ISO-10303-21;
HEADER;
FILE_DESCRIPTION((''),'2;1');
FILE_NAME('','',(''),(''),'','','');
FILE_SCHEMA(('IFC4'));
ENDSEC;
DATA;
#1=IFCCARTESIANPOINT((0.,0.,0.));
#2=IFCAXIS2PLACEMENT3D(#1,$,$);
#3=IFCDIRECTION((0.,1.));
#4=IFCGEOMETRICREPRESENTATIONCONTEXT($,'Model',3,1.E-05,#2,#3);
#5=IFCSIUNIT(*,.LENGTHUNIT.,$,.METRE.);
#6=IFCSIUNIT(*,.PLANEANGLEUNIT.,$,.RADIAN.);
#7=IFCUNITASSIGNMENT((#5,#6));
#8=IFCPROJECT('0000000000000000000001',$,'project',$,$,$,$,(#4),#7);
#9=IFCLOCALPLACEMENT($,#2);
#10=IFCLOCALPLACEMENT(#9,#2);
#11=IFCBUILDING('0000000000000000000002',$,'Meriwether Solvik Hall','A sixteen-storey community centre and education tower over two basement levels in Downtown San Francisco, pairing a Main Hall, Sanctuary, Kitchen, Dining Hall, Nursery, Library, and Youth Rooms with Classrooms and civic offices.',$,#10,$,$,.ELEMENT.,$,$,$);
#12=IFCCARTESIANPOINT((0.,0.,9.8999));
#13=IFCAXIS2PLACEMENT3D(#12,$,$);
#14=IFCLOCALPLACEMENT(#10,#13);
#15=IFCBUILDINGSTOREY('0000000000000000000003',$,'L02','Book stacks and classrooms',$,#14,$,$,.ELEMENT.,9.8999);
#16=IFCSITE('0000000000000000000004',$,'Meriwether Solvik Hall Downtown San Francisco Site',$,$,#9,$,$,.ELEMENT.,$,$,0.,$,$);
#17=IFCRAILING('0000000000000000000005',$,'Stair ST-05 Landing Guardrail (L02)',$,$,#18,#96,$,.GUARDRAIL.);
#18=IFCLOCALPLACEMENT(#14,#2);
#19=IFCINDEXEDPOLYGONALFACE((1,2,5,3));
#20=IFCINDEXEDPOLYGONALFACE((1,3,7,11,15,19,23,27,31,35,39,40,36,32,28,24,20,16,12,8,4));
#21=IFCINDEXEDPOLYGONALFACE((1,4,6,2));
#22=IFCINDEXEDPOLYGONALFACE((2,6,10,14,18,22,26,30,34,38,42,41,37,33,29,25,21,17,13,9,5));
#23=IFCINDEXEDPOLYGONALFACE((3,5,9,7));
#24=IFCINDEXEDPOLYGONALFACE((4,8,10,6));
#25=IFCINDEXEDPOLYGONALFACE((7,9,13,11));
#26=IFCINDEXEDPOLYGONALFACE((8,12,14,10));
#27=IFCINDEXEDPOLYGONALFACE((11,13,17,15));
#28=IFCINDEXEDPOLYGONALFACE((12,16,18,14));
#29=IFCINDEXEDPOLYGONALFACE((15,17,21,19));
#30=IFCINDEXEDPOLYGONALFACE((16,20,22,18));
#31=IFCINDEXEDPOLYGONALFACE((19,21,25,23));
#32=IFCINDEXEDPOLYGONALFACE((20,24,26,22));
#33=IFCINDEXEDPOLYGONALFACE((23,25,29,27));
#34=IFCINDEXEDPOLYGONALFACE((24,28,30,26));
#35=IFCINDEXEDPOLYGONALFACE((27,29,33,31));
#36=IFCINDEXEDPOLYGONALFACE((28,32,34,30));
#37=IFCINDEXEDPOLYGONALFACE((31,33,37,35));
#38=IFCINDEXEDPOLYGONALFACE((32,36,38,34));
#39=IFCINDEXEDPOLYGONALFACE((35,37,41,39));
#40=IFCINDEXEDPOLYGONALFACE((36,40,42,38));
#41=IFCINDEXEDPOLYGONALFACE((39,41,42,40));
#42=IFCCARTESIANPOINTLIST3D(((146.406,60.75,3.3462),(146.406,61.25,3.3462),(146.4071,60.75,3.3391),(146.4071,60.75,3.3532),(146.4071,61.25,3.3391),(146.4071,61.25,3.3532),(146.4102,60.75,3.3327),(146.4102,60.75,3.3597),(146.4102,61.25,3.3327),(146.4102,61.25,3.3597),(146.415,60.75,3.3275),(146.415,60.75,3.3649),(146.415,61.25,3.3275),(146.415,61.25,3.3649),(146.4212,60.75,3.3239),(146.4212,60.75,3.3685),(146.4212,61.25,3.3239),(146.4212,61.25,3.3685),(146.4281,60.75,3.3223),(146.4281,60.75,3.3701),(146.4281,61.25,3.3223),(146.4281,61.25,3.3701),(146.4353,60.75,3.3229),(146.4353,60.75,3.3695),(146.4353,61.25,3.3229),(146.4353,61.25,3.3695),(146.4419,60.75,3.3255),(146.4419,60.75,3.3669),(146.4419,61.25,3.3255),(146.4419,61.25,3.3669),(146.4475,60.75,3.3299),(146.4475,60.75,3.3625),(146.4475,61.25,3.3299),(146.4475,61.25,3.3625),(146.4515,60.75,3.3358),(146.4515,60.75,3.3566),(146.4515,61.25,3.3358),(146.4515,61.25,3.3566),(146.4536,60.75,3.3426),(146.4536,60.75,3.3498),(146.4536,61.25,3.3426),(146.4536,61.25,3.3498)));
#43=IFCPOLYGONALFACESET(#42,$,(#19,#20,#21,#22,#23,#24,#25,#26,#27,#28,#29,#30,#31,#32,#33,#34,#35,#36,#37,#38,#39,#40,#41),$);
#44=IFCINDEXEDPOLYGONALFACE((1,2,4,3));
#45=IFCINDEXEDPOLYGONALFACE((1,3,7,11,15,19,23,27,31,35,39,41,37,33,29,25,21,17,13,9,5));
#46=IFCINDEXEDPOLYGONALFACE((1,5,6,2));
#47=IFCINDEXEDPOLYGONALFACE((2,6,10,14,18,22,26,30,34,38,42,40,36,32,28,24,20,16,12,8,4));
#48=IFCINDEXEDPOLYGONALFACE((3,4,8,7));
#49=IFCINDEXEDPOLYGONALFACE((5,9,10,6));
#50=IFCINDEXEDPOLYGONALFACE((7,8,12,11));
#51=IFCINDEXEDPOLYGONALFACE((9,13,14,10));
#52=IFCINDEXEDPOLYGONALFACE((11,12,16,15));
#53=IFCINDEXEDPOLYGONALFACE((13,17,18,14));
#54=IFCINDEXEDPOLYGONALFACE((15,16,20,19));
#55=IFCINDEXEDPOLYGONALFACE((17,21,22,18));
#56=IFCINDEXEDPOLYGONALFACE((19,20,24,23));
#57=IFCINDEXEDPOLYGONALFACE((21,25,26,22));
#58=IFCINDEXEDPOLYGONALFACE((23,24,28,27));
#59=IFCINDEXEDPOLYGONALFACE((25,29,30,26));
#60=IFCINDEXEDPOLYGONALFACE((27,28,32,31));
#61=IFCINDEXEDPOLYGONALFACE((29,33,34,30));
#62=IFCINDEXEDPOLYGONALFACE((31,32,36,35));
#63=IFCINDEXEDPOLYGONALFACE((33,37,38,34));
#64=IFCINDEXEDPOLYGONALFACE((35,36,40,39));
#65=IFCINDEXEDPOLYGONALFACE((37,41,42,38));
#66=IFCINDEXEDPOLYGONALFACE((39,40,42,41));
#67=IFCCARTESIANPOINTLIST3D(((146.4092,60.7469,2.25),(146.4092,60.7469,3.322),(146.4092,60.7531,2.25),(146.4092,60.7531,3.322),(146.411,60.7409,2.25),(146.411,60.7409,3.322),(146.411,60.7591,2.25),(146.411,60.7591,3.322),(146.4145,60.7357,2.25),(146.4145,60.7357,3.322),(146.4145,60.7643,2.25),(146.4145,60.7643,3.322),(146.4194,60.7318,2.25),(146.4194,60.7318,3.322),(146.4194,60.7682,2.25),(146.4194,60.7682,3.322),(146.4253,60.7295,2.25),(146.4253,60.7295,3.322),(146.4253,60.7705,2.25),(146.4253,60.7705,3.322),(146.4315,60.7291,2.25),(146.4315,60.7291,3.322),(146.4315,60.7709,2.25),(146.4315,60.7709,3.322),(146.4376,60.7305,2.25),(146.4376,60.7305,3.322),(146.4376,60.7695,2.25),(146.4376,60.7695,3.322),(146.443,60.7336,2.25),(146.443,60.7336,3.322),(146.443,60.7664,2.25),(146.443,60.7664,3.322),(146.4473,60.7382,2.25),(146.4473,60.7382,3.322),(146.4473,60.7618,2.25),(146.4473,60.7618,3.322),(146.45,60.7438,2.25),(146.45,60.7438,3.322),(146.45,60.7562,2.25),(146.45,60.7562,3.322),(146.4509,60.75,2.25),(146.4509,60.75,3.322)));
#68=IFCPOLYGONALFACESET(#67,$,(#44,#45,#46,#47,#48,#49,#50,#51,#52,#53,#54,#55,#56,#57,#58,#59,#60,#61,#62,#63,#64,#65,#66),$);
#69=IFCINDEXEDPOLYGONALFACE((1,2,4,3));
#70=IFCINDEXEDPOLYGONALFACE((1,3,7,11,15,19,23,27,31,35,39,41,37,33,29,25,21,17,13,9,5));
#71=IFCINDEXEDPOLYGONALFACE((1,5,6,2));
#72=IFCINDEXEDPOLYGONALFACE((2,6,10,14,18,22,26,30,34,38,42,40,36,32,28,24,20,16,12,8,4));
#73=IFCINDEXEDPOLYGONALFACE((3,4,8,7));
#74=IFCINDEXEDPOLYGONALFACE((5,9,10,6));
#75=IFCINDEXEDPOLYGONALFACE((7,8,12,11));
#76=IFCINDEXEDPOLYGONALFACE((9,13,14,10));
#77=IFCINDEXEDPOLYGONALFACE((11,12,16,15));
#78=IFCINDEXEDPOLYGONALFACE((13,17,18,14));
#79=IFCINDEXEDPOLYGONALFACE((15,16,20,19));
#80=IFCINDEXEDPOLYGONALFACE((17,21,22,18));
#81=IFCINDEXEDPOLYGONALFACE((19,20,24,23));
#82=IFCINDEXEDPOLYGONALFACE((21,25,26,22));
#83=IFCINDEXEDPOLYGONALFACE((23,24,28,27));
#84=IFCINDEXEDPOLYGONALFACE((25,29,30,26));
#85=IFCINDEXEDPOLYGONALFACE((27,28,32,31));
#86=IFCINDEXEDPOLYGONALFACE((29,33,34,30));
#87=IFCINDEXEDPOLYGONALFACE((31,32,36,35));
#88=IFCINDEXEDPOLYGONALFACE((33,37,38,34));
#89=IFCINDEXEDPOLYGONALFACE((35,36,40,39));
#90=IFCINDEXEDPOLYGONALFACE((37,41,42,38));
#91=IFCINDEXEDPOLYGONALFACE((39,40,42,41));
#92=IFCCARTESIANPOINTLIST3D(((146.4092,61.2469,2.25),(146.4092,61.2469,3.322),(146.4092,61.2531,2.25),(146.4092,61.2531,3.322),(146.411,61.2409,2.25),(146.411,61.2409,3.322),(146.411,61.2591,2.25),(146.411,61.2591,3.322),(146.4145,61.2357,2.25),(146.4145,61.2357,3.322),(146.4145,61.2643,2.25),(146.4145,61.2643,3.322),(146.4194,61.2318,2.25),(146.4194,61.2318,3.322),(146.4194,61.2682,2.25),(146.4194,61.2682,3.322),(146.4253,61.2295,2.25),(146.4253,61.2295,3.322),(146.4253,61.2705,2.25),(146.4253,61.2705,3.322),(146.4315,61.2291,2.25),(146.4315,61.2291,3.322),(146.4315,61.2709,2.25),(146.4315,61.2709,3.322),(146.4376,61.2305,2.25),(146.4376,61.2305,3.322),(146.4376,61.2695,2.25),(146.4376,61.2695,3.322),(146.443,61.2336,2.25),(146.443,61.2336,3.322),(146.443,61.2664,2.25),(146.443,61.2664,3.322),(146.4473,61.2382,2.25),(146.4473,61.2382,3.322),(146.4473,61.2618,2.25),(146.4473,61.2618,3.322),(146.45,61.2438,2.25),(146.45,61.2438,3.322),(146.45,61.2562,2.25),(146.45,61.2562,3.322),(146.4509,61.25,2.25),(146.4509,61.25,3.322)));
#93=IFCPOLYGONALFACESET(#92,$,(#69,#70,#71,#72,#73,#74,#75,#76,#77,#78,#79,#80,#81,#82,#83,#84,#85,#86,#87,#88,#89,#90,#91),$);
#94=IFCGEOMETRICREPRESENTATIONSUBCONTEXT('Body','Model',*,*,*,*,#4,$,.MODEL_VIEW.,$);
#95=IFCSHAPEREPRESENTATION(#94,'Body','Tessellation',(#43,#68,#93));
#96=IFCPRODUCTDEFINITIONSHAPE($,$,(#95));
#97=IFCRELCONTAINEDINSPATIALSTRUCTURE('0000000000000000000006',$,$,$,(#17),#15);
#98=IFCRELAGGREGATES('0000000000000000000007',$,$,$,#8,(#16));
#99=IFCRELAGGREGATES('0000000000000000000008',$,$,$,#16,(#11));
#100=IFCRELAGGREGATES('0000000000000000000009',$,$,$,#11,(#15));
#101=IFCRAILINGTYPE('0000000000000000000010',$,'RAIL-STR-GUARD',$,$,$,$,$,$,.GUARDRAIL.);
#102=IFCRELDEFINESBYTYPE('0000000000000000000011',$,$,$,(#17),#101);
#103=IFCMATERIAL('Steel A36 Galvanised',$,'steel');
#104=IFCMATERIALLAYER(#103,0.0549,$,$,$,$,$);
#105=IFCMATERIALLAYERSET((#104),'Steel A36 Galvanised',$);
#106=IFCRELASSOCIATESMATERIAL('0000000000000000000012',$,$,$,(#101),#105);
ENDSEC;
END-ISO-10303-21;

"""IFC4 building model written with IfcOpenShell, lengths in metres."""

from ifc_helpers import new_model, si_unit, direction, frame, origin, origin_2d, place, context, subcontext, project, spatial, circle, extrude, material, layer, layer_set, type_object, element, save


model = new_model("IFC4")

# Units and contexts
model_context = context("Model", 3, precision=1e-05, world=origin(), true_north=direction((0.0, 1.0)))
body_context = subcontext(model_context, "Body", "Model", "MODEL_VIEW")
ifc_project = project(units=[si_unit("LENGTHUNIT", "METRE"), si_unit("PLANEANGLEUNIT", "RADIAN")], contexts=[model_context])

# Site, building, storey
site_placement = place(None, origin())
site = spatial("IfcSite", under=ifc_project, at=site_placement, Name="Meriwether Solvik Hall Downtown San Francisco Site", CompositionType="ELEMENT", RefElevation=0.0)
building_placement = place(site_placement, origin())
building = spatial("IfcBuilding", under=site, at=building_placement, Name="Meriwether Solvik Hall", Description="A sixteen-storey community centre and education tower over two basement levels in Downtown San Francisco, pairing a Main Hall, Sanctuary, Kitchen, Dining Hall, Nursery, Library, and Youth Rooms with Classrooms and civic offices.", CompositionType="ELEMENT")
storey_placement = place(building_placement, frame((0.0, 0.0, 9.8999)))
storey = spatial("IfcBuildingStorey", under=building, at=storey_placement, Name="L02", Description="Book stacks and classrooms", CompositionType="ELEMENT", Elevation=9.8999)

# Railing
ifc_material_1 = material(Name="Steel A36 Galvanised", Category="steel")
ifc_layer_1 = layer(ifc_material_1, 0.0549)
ifc_layer_set_1 = layer_set([ifc_layer_1], Name="Steel A36 Galvanised")
railing_type = type_object("IfcRailingType", Name="RAIL-STR-GUARD", PredefinedType="GUARDRAIL", material=ifc_layer_set_1)
railing_placement = place(storey_placement, frame((146.4299, 60.75, 2.25)))
element("IfcRailing", 1, at=railing_placement, inside=storey, type_object=railing_type, Name="Stair ST-05 Landing Guardrail (L02)", PredefinedType="GUARDRAIL", context=body_context, shape_type="SweptSolid", body=[
    extrude(circle(Radius=0.0239, at=origin_2d()), frame((0.0, 0.0, 1.0962), z_axis=(0.0, 1.0, 0.0), x_axis=(-1.0, 0.0, 0.0)), (0.0, 0.0, 1.0), 0.5),
    extrude(circle(Radius=0.021, at=origin_2d()), origin(), (0.0, 0.0, 1.0), 1.072),
    extrude(circle(Radius=0.021, at=origin_2d()), frame((0.0, 0.5, 0.0)), (0.0, 0.0, 1.0), 1.072),
])

save(model, "model.ifc")
